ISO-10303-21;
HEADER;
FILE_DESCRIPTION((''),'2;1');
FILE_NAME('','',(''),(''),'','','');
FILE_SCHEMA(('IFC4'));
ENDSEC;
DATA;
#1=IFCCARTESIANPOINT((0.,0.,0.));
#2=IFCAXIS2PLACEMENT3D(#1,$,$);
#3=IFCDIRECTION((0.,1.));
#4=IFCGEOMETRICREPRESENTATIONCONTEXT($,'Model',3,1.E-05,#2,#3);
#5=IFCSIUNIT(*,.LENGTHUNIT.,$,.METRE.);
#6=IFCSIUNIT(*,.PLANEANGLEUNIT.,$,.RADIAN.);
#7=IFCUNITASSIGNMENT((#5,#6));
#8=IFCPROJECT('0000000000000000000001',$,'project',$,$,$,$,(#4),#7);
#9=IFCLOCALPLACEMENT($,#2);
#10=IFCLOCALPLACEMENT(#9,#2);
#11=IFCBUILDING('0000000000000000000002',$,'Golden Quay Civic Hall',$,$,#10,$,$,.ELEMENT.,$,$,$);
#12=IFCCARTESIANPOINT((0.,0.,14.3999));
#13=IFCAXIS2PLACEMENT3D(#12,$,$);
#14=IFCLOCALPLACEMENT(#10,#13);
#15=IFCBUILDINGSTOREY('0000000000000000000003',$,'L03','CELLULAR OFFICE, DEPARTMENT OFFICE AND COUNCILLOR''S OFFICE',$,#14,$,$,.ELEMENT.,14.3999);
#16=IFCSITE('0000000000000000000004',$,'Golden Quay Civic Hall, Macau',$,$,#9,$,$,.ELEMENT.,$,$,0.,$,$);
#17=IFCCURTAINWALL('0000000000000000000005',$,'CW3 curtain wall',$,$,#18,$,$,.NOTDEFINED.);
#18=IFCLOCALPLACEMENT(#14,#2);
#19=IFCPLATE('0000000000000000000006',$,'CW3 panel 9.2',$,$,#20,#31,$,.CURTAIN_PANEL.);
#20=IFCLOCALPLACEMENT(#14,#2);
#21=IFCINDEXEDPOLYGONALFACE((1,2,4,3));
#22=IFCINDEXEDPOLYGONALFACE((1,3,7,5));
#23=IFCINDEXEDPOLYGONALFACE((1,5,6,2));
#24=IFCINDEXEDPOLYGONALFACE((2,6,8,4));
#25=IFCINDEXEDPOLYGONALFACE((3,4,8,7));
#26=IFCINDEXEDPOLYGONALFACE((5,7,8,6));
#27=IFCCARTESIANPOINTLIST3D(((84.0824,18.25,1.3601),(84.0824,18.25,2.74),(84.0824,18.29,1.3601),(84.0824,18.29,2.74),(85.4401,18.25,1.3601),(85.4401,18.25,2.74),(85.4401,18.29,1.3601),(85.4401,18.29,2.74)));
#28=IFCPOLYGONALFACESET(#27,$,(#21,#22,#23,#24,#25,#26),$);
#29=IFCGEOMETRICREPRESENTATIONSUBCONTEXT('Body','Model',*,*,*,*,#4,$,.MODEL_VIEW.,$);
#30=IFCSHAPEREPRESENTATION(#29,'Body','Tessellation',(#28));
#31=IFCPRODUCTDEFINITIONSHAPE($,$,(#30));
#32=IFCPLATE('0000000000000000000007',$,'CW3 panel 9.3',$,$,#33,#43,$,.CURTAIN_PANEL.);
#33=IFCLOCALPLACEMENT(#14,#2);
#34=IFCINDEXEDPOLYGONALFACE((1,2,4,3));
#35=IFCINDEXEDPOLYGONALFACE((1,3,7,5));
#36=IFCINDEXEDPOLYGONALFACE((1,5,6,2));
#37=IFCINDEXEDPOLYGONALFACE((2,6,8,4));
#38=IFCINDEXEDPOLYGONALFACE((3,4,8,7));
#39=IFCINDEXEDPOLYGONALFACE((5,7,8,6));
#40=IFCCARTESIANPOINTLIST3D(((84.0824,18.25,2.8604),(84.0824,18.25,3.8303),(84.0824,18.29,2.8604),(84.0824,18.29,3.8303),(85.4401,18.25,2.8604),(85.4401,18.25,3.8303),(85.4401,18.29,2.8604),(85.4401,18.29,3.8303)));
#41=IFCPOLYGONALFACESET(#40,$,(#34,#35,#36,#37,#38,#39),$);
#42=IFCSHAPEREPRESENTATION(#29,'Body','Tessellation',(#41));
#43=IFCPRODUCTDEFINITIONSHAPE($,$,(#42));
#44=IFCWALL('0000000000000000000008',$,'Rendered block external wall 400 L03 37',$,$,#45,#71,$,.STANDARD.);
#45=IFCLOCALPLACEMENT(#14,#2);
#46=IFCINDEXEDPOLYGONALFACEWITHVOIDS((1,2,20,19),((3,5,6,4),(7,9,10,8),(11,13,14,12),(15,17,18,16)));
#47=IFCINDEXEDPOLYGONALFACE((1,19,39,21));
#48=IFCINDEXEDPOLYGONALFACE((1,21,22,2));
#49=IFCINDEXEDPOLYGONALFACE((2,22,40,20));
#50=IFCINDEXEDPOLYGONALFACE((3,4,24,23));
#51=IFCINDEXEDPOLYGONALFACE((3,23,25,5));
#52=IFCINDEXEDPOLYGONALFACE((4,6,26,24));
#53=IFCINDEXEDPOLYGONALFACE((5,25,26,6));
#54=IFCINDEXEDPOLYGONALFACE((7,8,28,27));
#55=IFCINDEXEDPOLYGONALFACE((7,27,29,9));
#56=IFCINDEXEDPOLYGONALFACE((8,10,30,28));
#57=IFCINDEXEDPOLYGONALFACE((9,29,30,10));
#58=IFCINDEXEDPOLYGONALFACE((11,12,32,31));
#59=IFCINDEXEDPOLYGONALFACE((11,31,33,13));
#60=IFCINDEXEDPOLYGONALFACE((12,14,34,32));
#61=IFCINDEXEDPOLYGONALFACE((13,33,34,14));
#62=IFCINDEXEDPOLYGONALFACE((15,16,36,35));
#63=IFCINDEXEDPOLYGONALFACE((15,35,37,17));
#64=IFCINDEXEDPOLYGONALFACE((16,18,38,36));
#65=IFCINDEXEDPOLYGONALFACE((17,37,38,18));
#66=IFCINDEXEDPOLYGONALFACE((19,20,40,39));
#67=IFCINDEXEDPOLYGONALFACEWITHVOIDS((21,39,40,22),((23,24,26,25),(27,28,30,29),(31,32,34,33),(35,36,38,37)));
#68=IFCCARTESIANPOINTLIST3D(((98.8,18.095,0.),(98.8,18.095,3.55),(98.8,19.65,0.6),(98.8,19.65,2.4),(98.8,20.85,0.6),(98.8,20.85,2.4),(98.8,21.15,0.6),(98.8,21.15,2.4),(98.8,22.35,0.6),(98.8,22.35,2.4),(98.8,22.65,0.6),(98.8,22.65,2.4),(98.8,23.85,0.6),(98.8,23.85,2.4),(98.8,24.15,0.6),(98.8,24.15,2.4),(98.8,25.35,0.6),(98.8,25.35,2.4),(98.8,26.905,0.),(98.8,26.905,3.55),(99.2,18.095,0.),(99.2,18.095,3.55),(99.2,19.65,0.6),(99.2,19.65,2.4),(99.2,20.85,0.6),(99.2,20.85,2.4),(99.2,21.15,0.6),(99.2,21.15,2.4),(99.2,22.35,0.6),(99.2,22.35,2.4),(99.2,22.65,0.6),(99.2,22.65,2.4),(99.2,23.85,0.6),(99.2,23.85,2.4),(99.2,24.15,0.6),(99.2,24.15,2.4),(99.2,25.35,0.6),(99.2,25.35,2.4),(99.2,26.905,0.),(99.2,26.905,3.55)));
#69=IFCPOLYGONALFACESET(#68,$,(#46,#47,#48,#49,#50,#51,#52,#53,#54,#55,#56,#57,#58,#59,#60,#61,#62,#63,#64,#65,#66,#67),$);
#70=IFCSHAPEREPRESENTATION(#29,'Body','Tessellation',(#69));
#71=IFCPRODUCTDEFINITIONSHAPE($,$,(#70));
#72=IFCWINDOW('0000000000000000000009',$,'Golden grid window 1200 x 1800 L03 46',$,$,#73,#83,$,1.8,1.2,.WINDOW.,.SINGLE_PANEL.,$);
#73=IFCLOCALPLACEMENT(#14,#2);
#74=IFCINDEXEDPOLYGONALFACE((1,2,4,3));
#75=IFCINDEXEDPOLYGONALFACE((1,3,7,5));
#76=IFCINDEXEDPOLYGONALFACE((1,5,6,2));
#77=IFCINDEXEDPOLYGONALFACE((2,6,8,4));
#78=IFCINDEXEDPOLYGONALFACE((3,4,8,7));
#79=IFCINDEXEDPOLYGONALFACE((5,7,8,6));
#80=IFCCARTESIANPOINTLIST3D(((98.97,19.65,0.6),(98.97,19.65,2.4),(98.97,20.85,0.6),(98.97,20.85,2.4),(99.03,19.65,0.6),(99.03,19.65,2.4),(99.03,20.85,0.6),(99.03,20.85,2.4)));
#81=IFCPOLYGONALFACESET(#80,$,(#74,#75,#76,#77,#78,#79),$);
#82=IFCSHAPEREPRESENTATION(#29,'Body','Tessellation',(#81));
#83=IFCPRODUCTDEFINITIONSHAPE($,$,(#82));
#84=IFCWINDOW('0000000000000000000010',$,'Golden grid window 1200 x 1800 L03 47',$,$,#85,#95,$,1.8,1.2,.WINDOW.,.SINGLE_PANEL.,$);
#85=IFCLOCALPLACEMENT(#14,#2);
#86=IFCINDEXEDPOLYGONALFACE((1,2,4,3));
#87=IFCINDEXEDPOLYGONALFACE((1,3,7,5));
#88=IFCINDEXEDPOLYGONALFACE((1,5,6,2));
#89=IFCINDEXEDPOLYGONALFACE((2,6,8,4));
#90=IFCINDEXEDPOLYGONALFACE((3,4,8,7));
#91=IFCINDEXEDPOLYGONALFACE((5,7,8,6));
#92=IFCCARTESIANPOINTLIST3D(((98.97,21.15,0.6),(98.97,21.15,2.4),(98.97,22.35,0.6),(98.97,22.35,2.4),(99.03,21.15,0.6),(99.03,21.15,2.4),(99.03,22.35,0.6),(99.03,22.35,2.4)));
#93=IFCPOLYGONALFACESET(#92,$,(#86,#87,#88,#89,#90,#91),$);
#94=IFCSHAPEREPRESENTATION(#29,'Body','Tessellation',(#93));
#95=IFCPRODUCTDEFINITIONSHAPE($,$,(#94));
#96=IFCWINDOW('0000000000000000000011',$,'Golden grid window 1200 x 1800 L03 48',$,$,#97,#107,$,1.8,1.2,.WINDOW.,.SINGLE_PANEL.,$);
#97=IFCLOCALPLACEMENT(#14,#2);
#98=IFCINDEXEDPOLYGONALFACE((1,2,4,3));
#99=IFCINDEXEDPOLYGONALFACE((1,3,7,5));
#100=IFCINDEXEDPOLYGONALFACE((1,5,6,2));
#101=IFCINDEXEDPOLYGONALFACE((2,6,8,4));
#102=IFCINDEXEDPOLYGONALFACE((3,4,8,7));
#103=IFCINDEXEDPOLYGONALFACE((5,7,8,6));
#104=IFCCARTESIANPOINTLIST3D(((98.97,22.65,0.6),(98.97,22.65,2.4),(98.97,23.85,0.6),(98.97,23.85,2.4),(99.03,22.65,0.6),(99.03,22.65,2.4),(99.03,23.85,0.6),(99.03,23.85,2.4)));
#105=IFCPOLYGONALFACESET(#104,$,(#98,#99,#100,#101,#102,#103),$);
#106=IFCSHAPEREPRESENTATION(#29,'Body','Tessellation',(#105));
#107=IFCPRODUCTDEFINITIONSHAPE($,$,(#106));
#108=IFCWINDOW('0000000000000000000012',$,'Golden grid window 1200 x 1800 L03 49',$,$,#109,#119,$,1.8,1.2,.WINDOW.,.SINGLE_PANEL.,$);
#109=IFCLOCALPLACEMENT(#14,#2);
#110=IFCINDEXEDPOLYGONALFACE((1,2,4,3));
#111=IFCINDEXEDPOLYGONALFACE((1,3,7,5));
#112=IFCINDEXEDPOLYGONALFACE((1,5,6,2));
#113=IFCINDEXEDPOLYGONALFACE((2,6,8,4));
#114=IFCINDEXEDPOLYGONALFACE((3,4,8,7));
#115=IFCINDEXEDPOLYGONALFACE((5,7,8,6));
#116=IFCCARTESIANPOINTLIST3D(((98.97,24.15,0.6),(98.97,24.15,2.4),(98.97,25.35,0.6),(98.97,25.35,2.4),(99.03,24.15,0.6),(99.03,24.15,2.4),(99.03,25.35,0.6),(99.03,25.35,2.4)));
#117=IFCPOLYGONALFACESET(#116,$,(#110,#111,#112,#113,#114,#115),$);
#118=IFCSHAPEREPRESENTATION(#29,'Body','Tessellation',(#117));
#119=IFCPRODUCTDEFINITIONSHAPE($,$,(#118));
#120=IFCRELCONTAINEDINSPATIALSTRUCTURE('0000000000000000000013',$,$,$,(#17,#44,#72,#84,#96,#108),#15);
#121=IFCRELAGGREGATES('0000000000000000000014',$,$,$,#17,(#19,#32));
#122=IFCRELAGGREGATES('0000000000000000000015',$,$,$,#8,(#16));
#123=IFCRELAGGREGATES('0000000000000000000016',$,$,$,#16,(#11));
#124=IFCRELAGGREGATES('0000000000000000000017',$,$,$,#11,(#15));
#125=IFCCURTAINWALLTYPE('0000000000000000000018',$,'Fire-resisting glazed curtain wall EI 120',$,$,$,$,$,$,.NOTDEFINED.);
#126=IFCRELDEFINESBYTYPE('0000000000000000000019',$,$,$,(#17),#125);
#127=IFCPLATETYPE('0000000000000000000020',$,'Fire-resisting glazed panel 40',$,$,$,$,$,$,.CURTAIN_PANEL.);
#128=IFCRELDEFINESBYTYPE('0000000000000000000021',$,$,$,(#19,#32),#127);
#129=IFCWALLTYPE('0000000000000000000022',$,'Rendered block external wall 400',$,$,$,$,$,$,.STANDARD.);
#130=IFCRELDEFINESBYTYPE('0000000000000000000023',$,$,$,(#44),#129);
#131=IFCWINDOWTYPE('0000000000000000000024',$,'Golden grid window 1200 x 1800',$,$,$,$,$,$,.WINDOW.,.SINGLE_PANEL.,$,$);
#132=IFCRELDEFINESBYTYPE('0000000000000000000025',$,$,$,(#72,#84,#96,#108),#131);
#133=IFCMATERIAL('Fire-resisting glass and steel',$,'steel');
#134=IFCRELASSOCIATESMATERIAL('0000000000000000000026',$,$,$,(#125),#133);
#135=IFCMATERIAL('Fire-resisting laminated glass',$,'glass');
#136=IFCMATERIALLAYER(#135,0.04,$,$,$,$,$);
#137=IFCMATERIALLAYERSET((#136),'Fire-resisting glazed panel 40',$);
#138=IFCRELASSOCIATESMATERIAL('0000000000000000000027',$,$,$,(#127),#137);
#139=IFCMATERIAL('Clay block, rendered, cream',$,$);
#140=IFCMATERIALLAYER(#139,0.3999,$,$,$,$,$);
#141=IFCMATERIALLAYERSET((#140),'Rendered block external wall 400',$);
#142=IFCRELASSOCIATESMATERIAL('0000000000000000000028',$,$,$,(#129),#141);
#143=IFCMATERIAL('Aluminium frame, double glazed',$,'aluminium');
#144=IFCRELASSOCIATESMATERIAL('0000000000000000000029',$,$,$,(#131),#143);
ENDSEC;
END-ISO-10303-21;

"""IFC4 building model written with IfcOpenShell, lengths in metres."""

from ifc_helpers import new_model, si_unit, direction, frame, frame_2d, origin, origin_2d, place, context, subcontext, project, spatial, rectangle, extrude, material, layer, layer_set, type_object, element, fill, aggregate, save


model = new_model("IFC4")

# Units and contexts
model_context = context("Model", 3, precision=1e-05, world=origin(), true_north=direction((0.0, 1.0)))
body_context = subcontext(model_context, "Body", "Model", "MODEL_VIEW")
ifc_project = project(units=[si_unit("LENGTHUNIT", "METRE"), si_unit("PLANEANGLEUNIT", "RADIAN")], contexts=[model_context])

# Site, building, storey
site_placement = place(None, origin())
site = spatial("IfcSite", under=ifc_project, at=site_placement, Name="Golden Quay Civic Hall, Macau", CompositionType="ELEMENT", RefElevation=0.0)
building_placement = place(site_placement, origin())
building = spatial("IfcBuilding", under=site, at=building_placement, Name="Golden Quay Civic Hall", CompositionType="ELEMENT")
storey_placement = place(building_placement, frame((0.0, 0.0, 14.3999)))
storey = spatial("IfcBuildingStorey", under=building, at=storey_placement, Name="L03", Description="CELLULAR OFFICE, DEPARTMENT OFFICE AND COUNCILLOR'S OFFICE", CompositionType="ELEMENT", Elevation=14.3999)

# Curtain wall
ifc_material_1 = material(Name="Fire-resisting glass and steel", Category="steel")
curtain_wall_type = type_object("IfcCurtainWallType", Name="Fire-resisting glazed curtain wall EI 120", PredefinedType="NOTDEFINED", material=ifc_material_1)
curtain_wall_placement = place(storey_placement, origin())
curtain_wall = element("IfcCurtainWall", 1, at=curtain_wall_placement, inside=storey, type_object=curtain_wall_type, Name="CW3 curtain wall", PredefinedType="NOTDEFINED")

# Plates
ifc_material_2 = material(Name="Fire-resisting laminated glass", Category="glass")
ifc_layer_1 = layer(ifc_material_2, 0.04)
ifc_layer_set_1 = layer_set([ifc_layer_1], Name="Fire-resisting glazed panel 40")
plate_type = type_object("IfcPlateType", Name="Fire-resisting glazed panel 40", PredefinedType="CURTAIN_PANEL", material=ifc_layer_set_1)
plate_1_placement = place(storey_placement, frame((84.7612, 18.27, 1.3601), z_axis=(0.0, 0.0, 1.0), x_axis=(1.0, 0.0, 0.0)))
plate_1 = element("IfcPlate", 2, at=plate_1_placement, type_object=plate_type, Name="CW3 panel 9.2", PredefinedType="CURTAIN_PANEL", context=body_context, shape_type="SweptSolid", body=[
    extrude(rectangle(XDim=1.3577, YDim=0.04, at=origin_2d()), origin(), (0.0, 0.0, 1.0), 1.3799),
])
plate_2_placement = place(storey_placement, frame((84.7612, 18.27, 2.8604), z_axis=(0.0, 0.0, 1.0), x_axis=(1.0, 0.0, 0.0)))
plate_2 = element("IfcPlate", 3, at=plate_2_placement, type_object=plate_type, Name="CW3 panel 9.3", PredefinedType="CURTAIN_PANEL", context=body_context, shape_type="SweptSolid", body=[
    extrude(rectangle(XDim=1.3577, YDim=0.04, at=origin_2d()), origin(), (0.0, 0.0, 1.0), 0.97),
])
aggregate(curtain_wall, [plate_1, plate_2])

# Wall, openings, windows
ifc_material_3 = material(Name="Clay block, rendered, cream")
ifc_layer_2 = layer(ifc_material_3, 0.3999)
ifc_layer_set_2 = layer_set([ifc_layer_2], Name="Rendered block external wall 400")
wall_type = type_object("IfcWallType", Name="Rendered block external wall 400", PredefinedType="STANDARD", material=ifc_layer_set_2)
wall_placement = place(storey_placement, frame((99.0, 18.095, 0.0), z_axis=(0.0, 0.0, 1.0), x_axis=(0.0, 1.0, 0.0)))
wall = element("IfcWall", 4, at=wall_placement, inside=storey, type_object=wall_type, Name="Rendered block external wall 400 L03 37", PredefinedType="STANDARD", context=body_context, shape_type="SweptSolid", body=[
    extrude(rectangle(XDim=8.8101, YDim=0.3999, at=frame_2d((4.405, 0.0))), origin(), (0.0, 0.0, 1.0), 3.55),
])
opening_1_placement = place(wall_placement, frame((1.5549, 0.0, 0.6001)))
opening_1 = element("IfcOpeningElement", 5, at=opening_1_placement, cuts=wall, PredefinedType="OPENING", context=body_context, shape_type="SweptSolid", body=[
    extrude(rectangle(XDim=1.2, YDim=1.8, at=frame_2d((0.6001, 0.8999))), frame((0.0, 0.21, 0.0), z_axis=(0.0, -1.0, 0.0), x_axis=(1.0, 0.0, 0.0)), (0.0, 0.0, 1.0), 0.4199),
])
opening_2_placement = place(wall_placement, frame((3.0549, 0.0, 0.6001)))
opening_2 = element("IfcOpeningElement", 6, at=opening_2_placement, cuts=wall, PredefinedType="OPENING", context=body_context, shape_type="SweptSolid", body=[
    extrude(rectangle(XDim=1.2, YDim=1.8, at=frame_2d((0.6001, 0.8999))), frame((0.0, 0.21, 0.0), z_axis=(0.0, -1.0, 0.0), x_axis=(1.0, 0.0, 0.0)), (0.0, 0.0, 1.0), 0.4199),
])
opening_3_placement = place(wall_placement, frame((4.5549, 0.0, 0.6001)))
opening_3 = element("IfcOpeningElement", 7, at=opening_3_placement, cuts=wall, PredefinedType="OPENING", context=body_context, shape_type="SweptSolid", body=[
    extrude(rectangle(XDim=1.2, YDim=1.8, at=frame_2d((0.6001, 0.8999))), frame((0.0, 0.21, 0.0), z_axis=(0.0, -1.0, 0.0), x_axis=(1.0, 0.0, 0.0)), (0.0, 0.0, 1.0), 0.4199),
])
opening_4_placement = place(wall_placement, frame((6.0549, 0.0, 0.6001)))
opening_4 = element("IfcOpeningElement", 8, at=opening_4_placement, cuts=wall, PredefinedType="OPENING", context=body_context, shape_type="SweptSolid", body=[
    extrude(rectangle(XDim=1.2, YDim=1.8, at=frame_2d((0.6001, 0.8999))), frame((0.0, 0.21, 0.0), z_axis=(0.0, -1.0, 0.0), x_axis=(1.0, 0.0, 0.0)), (0.0, 0.0, 1.0), 0.4199),
])
ifc_material_4 = material(Name="Aluminium frame, double glazed", Category="aluminium")
window_type = type_object("IfcWindowType", Name="Golden grid window 1200 x 1800", PartitioningType="SINGLE_PANEL", PredefinedType="WINDOW", material=ifc_material_4)
window_1_placement = place(opening_1_placement, origin())
window_1 = element("IfcWindow", 9, at=window_1_placement, inside=storey, type_object=window_type, Name="Golden grid window 1200 x 1800 L03 46", OverallHeight=1.8, OverallWidth=1.2, PartitioningType="SINGLE_PANEL", PredefinedType="WINDOW", context=body_context, shape_type="SweptSolid", body=[
    extrude(rectangle(XDim=1.2, YDim=1.8, at=frame_2d((0.6001, 0.8999))), frame((0.0, 0.03, 0.0), z_axis=(0.0, -1.0, 0.0), x_axis=(1.0, 0.0, 0.0)), (0.0, 0.0, 1.0), 0.0601),
])
fill(opening_1, window_1)
window_2_placement = place(opening_2_placement, origin())
window_2 = element("IfcWindow", 10, at=window_2_placement, inside=storey, type_object=window_type, Name="Golden grid window 1200 x 1800 L03 47", OverallHeight=1.8, OverallWidth=1.2, PartitioningType="SINGLE_PANEL", PredefinedType="WINDOW", context=body_context, shape_type="SweptSolid", body=[
    extrude(rectangle(XDim=1.2, YDim=1.8, at=frame_2d((0.6001, 0.8999))), frame((0.0, 0.03, 0.0), z_axis=(0.0, -1.0, 0.0), x_axis=(1.0, 0.0, 0.0)), (0.0, 0.0, 1.0), 0.0601),
])
fill(opening_2, window_2)
window_3_placement = place(opening_3_placement, origin())
window_3 = element("IfcWindow", 11, at=window_3_placement, inside=storey, type_object=window_type, Name="Golden grid window 1200 x 1800 L03 48", OverallHeight=1.8, OverallWidth=1.2, PartitioningType="SINGLE_PANEL", PredefinedType="WINDOW", context=body_context, shape_type="SweptSolid", body=[
    extrude(rectangle(XDim=1.2, YDim=1.8, at=frame_2d((0.6001, 0.8999))), frame((0.0, 0.03, 0.0), z_axis=(0.0, -1.0, 0.0), x_axis=(1.0, 0.0, 0.0)), (0.0, 0.0, 1.0), 0.0601),
])
fill(opening_3, window_3)
window_4_placement = place(opening_4_placement, origin())
window_4 = element("IfcWindow", 12, at=window_4_placement, inside=storey, type_object=window_type, Name="Golden grid window 1200 x 1800 L03 49", OverallHeight=1.8, OverallWidth=1.2, PartitioningType="SINGLE_PANEL", PredefinedType="WINDOW", context=body_context, shape_type="SweptSolid", body=[
    extrude(rectangle(XDim=1.2, YDim=1.8, at=frame_2d((0.6001, 0.8999))), frame((0.0, 0.03, 0.0), z_axis=(0.0, -1.0, 0.0), x_axis=(1.0, 0.0, 0.0)), (0.0, 0.0, 1.0), 0.0601),
])
fill(opening_4, window_4)

save(model, "model.ifc")
